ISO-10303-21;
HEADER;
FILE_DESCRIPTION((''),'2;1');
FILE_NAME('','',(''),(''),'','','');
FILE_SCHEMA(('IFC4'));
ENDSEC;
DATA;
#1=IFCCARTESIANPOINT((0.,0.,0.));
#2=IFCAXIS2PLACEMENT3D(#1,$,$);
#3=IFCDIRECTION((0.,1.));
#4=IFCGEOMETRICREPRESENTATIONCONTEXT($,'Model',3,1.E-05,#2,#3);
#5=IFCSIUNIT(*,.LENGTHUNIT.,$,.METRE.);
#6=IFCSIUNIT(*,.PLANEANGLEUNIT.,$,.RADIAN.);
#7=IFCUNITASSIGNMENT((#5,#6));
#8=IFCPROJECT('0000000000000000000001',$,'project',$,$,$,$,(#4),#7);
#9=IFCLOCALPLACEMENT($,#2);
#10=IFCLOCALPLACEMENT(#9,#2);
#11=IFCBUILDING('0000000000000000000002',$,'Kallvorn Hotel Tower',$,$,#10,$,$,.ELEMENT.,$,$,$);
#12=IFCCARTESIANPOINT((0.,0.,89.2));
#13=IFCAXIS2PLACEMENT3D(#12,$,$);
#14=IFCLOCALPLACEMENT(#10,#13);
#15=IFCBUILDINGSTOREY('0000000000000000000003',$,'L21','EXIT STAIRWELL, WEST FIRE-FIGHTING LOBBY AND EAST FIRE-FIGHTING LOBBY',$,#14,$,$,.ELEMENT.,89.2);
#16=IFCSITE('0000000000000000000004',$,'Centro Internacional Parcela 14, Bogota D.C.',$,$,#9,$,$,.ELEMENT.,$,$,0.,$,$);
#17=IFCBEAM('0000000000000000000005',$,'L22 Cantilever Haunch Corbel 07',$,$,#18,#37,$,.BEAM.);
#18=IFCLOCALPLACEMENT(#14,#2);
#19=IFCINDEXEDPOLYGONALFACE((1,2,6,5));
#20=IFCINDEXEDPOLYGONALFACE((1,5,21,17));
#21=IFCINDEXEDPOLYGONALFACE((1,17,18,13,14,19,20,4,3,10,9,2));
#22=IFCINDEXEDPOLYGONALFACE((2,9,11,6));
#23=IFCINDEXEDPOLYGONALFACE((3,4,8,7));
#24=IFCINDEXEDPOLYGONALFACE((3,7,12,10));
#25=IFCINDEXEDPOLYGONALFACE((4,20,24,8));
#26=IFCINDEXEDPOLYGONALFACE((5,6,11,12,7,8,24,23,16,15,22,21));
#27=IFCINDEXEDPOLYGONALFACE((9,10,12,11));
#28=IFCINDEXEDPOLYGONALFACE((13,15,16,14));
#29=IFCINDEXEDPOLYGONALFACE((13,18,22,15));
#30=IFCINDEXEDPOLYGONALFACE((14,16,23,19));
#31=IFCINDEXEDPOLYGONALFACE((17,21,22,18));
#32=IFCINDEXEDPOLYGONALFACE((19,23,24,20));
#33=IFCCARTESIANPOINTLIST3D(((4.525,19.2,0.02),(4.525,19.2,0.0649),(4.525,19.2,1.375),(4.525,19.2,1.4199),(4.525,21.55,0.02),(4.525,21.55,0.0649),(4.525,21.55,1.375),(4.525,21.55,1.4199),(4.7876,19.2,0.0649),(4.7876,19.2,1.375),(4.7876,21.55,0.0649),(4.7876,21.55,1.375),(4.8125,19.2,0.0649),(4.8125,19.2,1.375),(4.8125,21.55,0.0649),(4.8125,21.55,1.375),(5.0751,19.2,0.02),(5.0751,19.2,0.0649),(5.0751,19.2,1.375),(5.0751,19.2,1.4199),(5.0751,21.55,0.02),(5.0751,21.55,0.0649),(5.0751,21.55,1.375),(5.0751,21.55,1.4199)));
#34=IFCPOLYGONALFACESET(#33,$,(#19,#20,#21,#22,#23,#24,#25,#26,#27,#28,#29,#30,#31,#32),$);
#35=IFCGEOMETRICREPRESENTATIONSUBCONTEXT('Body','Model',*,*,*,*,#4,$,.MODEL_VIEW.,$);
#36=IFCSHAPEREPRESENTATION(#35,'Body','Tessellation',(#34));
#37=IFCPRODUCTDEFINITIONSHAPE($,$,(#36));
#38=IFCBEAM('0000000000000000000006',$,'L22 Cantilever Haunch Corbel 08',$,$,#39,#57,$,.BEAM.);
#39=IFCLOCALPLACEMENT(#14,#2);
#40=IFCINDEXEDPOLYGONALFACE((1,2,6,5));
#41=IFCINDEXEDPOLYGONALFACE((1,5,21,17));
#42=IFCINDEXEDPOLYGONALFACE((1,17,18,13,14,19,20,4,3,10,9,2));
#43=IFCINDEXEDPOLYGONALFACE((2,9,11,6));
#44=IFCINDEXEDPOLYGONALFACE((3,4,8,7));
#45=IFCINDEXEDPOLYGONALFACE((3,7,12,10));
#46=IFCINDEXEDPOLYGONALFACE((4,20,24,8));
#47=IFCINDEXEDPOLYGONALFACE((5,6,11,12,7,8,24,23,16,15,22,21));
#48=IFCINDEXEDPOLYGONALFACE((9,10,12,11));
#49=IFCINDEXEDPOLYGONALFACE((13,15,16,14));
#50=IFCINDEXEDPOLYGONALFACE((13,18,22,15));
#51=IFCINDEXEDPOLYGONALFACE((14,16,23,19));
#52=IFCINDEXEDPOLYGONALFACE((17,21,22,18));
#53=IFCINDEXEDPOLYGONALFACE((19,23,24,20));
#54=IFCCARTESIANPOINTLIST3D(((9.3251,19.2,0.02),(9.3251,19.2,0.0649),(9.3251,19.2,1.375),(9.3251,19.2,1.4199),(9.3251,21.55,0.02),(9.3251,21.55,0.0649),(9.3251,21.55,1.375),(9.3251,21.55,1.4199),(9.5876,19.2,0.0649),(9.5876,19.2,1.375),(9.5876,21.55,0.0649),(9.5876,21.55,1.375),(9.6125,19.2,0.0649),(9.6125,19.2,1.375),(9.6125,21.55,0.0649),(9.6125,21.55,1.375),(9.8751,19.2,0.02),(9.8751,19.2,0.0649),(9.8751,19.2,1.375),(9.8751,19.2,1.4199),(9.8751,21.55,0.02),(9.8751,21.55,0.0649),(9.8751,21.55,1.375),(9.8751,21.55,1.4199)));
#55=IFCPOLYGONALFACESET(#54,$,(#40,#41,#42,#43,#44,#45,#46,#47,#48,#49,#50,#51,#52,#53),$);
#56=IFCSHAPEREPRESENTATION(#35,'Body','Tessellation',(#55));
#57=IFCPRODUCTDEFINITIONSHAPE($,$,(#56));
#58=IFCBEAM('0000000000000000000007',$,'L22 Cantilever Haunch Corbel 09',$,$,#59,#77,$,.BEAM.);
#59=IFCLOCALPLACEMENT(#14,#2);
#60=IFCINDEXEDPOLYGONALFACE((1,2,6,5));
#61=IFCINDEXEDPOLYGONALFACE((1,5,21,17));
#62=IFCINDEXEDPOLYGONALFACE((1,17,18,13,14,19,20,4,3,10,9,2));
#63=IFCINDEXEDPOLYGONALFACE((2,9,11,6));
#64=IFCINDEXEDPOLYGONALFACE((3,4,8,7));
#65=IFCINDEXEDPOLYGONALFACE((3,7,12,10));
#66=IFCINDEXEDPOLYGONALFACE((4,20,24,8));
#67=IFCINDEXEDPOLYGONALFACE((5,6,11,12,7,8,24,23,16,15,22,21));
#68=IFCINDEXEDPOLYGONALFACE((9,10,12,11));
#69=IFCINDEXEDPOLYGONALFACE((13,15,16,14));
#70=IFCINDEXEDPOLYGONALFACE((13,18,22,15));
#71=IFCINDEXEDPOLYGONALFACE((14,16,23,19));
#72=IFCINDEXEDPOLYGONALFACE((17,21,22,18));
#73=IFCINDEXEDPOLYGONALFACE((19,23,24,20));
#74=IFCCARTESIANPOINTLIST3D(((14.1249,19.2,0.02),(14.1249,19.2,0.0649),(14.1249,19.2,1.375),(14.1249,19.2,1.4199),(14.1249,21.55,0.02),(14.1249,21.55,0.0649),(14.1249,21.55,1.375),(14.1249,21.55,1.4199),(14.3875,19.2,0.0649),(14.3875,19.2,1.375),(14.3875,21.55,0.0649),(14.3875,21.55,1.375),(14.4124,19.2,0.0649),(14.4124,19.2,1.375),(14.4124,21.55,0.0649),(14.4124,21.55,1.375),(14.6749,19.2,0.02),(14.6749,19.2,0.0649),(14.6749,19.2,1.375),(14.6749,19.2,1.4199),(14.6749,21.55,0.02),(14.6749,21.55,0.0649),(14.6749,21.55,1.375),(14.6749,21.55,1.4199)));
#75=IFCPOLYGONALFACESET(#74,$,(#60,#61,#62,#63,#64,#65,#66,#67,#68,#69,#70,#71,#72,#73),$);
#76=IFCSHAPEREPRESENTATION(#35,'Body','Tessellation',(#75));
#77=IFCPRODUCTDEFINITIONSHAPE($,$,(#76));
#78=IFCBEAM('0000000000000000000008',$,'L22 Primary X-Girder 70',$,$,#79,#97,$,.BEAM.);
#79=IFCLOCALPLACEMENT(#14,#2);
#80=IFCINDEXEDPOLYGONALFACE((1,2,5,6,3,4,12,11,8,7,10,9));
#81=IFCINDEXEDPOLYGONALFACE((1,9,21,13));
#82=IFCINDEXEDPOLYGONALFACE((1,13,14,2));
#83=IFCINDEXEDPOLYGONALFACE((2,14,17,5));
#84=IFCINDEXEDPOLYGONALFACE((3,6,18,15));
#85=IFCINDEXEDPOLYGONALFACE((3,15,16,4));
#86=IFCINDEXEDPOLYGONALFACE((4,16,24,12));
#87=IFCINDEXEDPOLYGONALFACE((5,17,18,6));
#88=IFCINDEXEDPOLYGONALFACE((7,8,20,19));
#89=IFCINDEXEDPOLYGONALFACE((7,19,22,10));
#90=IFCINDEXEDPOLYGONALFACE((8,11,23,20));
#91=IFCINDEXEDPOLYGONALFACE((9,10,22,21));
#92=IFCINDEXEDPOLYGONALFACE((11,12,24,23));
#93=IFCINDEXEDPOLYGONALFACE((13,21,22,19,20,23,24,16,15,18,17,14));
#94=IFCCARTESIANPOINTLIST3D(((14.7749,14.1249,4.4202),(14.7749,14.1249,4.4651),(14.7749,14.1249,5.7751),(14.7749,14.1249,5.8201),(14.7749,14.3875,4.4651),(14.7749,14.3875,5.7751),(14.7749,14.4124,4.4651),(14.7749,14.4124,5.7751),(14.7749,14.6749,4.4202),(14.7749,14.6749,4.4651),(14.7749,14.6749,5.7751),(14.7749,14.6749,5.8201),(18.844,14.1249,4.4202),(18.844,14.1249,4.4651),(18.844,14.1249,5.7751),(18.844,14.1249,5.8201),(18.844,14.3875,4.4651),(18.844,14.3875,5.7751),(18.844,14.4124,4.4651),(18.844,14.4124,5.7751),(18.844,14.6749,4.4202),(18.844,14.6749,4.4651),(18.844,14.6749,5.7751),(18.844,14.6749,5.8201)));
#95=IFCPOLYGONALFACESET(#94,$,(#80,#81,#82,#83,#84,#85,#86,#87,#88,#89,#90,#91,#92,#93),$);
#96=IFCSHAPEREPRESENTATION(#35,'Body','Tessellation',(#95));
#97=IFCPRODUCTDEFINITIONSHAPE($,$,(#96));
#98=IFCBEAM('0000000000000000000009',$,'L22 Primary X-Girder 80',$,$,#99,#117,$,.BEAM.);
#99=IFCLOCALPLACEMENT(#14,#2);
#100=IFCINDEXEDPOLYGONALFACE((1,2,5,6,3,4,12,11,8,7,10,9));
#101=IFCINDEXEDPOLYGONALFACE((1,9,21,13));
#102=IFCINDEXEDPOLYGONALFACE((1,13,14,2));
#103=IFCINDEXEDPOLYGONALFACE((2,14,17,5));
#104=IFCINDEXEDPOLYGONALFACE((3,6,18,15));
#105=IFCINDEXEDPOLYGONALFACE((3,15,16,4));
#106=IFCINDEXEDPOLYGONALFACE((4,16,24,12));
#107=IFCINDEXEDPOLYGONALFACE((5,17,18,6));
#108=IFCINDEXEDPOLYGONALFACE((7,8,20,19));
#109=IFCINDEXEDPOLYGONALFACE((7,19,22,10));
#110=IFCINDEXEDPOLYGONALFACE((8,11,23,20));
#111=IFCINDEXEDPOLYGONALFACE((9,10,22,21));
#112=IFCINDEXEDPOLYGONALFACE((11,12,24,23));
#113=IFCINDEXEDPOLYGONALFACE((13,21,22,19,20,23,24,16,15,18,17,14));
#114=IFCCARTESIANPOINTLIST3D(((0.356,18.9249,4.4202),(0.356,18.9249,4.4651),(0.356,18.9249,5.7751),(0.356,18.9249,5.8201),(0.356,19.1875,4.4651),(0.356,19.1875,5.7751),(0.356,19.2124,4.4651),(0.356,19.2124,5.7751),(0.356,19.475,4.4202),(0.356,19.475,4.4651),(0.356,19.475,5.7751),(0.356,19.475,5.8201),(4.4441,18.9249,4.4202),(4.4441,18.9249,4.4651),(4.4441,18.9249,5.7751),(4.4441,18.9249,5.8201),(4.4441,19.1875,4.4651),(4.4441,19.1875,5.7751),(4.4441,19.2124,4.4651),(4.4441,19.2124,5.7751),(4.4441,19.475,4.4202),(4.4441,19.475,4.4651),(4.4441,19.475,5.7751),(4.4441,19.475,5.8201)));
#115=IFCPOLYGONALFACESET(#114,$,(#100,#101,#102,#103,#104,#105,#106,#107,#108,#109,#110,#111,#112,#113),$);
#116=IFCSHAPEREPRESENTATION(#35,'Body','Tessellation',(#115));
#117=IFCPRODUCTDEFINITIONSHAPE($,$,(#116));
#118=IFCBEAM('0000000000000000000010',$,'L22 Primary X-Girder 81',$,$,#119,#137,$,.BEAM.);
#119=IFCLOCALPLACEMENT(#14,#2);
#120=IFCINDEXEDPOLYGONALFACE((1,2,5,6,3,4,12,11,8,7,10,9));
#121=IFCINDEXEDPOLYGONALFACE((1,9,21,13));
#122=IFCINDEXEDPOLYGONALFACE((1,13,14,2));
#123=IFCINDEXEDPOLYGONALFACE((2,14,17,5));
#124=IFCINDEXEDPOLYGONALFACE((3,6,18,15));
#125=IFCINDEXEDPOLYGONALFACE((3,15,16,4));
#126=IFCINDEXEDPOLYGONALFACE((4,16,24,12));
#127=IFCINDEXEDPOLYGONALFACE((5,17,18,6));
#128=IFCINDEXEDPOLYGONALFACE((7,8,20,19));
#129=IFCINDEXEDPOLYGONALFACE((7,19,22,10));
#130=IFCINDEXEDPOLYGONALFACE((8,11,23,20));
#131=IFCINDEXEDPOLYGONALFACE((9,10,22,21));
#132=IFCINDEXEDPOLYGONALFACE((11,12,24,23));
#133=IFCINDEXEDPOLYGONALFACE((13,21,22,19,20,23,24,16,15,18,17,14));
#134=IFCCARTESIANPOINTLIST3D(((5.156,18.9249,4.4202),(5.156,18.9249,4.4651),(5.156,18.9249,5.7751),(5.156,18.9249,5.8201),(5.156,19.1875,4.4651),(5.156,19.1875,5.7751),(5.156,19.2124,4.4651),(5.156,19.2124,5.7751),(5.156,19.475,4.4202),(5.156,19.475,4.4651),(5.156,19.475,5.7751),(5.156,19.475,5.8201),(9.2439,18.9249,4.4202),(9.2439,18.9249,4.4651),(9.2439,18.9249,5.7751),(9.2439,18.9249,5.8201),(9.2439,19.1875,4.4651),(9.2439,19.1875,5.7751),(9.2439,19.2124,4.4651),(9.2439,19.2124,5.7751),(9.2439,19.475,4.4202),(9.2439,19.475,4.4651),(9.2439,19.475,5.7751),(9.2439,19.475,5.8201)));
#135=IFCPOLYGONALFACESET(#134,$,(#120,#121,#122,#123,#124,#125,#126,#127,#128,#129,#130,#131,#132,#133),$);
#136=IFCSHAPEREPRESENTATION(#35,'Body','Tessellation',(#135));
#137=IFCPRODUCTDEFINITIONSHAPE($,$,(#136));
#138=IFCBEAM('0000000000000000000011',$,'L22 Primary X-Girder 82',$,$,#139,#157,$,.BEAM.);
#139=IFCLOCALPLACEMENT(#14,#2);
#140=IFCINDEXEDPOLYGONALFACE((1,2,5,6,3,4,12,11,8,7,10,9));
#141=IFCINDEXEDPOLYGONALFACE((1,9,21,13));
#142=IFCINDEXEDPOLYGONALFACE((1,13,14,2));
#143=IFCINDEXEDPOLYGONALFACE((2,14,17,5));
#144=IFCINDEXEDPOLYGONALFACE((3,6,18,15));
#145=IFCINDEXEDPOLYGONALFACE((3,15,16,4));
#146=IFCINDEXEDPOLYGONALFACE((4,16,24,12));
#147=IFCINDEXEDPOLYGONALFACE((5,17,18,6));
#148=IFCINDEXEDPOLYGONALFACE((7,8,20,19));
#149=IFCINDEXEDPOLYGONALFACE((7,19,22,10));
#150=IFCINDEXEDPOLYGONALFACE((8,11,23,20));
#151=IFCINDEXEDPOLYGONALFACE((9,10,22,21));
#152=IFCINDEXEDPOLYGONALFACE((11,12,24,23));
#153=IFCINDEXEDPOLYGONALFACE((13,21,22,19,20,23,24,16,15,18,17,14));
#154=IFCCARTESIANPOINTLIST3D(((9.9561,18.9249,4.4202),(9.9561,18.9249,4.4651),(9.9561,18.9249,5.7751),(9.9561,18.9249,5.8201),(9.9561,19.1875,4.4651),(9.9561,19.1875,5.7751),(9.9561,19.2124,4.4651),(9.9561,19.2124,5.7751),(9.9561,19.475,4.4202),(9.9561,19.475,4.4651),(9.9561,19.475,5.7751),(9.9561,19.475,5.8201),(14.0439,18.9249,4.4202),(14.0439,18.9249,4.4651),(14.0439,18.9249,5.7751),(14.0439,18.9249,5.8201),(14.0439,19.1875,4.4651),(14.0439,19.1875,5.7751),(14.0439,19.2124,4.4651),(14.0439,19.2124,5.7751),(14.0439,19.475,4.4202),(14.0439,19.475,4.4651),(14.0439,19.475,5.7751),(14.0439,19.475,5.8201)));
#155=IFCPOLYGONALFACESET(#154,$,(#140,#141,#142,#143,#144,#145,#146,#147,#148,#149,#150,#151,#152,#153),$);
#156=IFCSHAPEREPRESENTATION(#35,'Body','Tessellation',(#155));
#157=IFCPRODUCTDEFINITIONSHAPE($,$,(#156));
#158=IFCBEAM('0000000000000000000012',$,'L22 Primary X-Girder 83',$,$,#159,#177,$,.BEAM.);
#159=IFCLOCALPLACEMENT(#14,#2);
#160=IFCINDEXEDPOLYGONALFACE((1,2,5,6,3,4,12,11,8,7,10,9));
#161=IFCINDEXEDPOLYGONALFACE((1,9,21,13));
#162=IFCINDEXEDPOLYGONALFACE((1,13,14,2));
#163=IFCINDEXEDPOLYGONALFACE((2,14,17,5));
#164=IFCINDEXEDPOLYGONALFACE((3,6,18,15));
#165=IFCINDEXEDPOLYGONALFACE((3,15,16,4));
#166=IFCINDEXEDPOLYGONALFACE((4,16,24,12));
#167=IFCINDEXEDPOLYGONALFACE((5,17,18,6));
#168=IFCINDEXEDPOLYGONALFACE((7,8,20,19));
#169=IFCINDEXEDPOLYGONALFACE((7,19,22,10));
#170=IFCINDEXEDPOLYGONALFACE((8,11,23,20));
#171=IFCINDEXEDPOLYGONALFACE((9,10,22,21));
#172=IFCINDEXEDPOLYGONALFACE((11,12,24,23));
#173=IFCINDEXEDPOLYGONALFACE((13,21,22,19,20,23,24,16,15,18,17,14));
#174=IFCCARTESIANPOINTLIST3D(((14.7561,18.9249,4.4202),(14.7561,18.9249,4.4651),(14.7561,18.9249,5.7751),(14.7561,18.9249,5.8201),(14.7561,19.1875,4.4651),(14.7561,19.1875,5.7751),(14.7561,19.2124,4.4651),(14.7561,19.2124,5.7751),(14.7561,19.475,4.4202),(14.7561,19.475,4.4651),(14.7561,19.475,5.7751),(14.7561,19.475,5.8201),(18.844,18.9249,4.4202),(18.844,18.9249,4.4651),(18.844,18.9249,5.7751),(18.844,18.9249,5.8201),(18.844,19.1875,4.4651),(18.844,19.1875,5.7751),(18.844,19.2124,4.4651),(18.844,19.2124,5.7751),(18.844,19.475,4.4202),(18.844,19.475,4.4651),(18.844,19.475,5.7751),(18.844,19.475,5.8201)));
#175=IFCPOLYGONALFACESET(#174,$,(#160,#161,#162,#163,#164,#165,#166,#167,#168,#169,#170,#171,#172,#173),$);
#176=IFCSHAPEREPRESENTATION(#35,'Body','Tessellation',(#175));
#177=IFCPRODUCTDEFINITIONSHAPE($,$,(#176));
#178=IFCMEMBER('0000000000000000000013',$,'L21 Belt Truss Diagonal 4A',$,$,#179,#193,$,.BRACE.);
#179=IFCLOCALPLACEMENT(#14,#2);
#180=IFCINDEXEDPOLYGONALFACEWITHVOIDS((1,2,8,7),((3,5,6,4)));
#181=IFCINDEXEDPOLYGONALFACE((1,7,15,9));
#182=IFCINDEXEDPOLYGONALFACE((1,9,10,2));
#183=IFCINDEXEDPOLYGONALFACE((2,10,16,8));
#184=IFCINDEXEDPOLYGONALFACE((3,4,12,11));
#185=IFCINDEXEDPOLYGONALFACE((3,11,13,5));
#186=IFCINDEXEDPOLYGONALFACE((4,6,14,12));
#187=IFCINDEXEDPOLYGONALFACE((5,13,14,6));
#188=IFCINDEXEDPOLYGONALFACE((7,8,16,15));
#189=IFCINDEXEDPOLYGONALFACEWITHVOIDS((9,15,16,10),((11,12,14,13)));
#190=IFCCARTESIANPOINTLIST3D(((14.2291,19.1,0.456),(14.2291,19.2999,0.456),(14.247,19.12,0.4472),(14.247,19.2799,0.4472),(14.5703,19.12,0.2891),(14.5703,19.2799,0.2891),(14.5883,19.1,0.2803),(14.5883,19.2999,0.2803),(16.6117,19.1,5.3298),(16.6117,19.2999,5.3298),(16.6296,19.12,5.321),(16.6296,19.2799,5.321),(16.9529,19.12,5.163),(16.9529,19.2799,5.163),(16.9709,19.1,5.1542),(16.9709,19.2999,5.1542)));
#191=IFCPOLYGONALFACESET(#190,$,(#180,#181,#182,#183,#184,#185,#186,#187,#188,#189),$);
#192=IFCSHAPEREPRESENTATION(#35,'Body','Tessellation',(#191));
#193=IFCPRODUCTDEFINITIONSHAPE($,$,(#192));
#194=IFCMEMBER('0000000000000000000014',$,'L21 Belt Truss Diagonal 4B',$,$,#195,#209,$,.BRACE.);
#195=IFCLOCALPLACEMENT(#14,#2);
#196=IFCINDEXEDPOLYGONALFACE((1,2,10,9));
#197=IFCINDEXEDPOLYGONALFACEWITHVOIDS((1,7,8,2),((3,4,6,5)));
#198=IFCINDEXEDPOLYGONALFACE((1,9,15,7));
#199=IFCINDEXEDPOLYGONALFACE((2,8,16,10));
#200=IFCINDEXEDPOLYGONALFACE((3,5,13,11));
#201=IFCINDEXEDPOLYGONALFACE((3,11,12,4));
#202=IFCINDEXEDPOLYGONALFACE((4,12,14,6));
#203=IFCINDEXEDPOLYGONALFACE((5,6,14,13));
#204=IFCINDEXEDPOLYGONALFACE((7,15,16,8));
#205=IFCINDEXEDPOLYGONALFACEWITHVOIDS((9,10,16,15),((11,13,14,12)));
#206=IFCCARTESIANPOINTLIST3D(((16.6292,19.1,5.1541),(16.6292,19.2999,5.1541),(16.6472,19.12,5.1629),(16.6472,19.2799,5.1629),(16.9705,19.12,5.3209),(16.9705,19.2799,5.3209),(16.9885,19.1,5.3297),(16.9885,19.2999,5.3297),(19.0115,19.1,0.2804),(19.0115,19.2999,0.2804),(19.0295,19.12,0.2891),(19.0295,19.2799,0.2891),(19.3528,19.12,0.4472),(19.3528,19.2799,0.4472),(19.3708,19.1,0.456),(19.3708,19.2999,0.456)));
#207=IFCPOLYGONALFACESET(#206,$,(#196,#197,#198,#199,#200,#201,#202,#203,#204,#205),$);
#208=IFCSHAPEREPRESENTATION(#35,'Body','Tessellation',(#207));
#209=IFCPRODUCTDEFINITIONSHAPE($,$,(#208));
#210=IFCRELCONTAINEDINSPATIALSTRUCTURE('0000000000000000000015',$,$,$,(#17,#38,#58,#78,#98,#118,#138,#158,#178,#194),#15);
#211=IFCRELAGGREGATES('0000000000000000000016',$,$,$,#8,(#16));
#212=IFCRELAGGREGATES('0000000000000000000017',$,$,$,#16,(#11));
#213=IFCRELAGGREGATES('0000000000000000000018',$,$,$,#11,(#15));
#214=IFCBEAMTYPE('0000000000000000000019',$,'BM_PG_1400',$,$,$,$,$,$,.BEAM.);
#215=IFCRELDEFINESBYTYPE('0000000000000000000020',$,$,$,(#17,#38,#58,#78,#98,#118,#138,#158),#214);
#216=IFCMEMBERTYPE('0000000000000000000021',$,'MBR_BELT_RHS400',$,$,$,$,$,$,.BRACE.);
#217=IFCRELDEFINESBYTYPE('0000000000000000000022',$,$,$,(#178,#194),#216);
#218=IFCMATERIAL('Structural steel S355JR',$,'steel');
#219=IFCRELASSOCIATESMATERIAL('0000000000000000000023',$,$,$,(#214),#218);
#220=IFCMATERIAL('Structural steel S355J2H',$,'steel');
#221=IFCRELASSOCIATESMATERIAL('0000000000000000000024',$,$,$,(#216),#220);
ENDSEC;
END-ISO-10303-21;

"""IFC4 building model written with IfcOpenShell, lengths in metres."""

from ifc_helpers import new_model, si_unit, direction, frame, origin, origin_2d, place, context, subcontext, project, spatial, hollow_rectangle, i_section, extrude, material, material_profile, profile_set, type_object, element, save


model = new_model("IFC4")

# Units and contexts
model_context = context("Model", 3, precision=1e-05, world=origin(), true_north=direction((0.0, 1.0)))
body_context = subcontext(model_context, "Body", "Model", "MODEL_VIEW")
ifc_project = project(units=[si_unit("LENGTHUNIT", "METRE"), si_unit("PLANEANGLEUNIT", "RADIAN")], contexts=[model_context])

# Site, building, storey
site_placement = place(None, origin())
site = spatial("IfcSite", under=ifc_project, at=site_placement, Name="Centro Internacional Parcela 14, Bogota D.C.", CompositionType="ELEMENT", RefElevation=0.0)
building_placement = place(site_placement, origin())
building = spatial("IfcBuilding", under=site, at=building_placement, Name="Kallvorn Hotel Tower", CompositionType="ELEMENT")
storey_placement = place(building_placement, frame((0.0, 0.0, 89.2)))
storey = spatial("IfcBuildingStorey", under=building, at=storey_placement, Name="L21", Description="EXIT STAIRWELL, WEST FIRE-FIGHTING LOBBY AND EAST FIRE-FIGHTING LOBBY", CompositionType="ELEMENT", Elevation=89.2)

# Beams
ifc_material_1 = material(Name="Structural steel S355JR", Category="steel")
ifc_material_profile_1 = material_profile(ifc_material_1, i_section(OverallWidth=0.55, OverallDepth=1.3999, WebThickness=0.0249, FlangeThickness=0.0449, at=origin_2d()), Name="PG 1400x550x25x45")
ifc_profile_set_1 = profile_set([ifc_material_profile_1], Name="Structural steel S355JR")
beam_type_1 = type_object("IfcBeamType", Name="BM_PG_1400", PredefinedType="BEAM", material=ifc_profile_set_1)
for number, where, z_axis, x_axis, name in (
    (1, (4.8, 19.2, 0.72), (0.0, 1.0, 0.0), (-1.0, 0.0, 0.0), "L22 Cantilever Haunch Corbel 07"),
    (2, (9.6001, 19.2, 0.72), (0.0, 1.0, 0.0), (-1.0, 0.0, 0.0), "L22 Cantilever Haunch Corbel 08"),
    (3, (14.3999, 19.2, 0.72), (0.0, 1.0, 0.0), (-1.0, 0.0, 0.0), "L22 Cantilever Haunch Corbel 09"),
):
    element("IfcBeam", number, at=place(storey_placement, frame(where, z_axis=z_axis, x_axis=x_axis)), inside=storey, type_object=beam_type_1, Name=name, PredefinedType="BEAM", context=body_context, shape_type="SweptSolid", body=[
        extrude(i_section(OverallWidth=0.55, OverallDepth=1.3999, WebThickness=0.0249, FlangeThickness=0.0449, at=origin_2d()), origin(), (0.0, 0.0, 1.0), 2.3501),
    ])
beam_1_placement = place(storey_placement, frame((14.7749, 14.3999, 5.1201), z_axis=(1.0, 0.0, 0.0), x_axis=(0.0, 1.0, 0.0)))
element("IfcBeam", 4, at=beam_1_placement, inside=storey, type_object=beam_type_1, Name="L22 Primary X-Girder 70", PredefinedType="BEAM", context=body_context, shape_type="SweptSolid", body=[
    extrude(i_section(OverallWidth=0.55, OverallDepth=1.3999, WebThickness=0.0249, FlangeThickness=0.0449, at=origin_2d()), origin(), (0.0, 0.0, 1.0), 4.0691),
])
beam_2_placement = place(storey_placement, frame((0.356, 19.2, 5.1201), z_axis=(1.0, 0.0, 0.0), x_axis=(0.0, 1.0, 0.0)))
element("IfcBeam", 5, at=beam_2_placement, inside=storey, type_object=beam_type_1, Name="L22 Primary X-Girder 80", PredefinedType="BEAM", context=body_context, shape_type="SweptSolid", body=[
    extrude(i_section(OverallWidth=0.55, OverallDepth=1.3999, WebThickness=0.0249, FlangeThickness=0.0449, at=origin_2d()), origin(), (0.0, 0.0, 1.0), 4.0881),
])
for number, where, z_axis, x_axis, name in (
    (6, (5.156, 19.2, 5.1201), (1.0, 0.0, 0.0), (0.0, 1.0, 0.0), "L22 Primary X-Girder 81"),
    (7, (9.9561, 19.2, 5.1201), (1.0, 0.0, 0.0), (0.0, 1.0, 0.0), "L22 Primary X-Girder 82"),
    (8, (14.7561, 19.2, 5.1201), (1.0, 0.0, 0.0), (0.0, 1.0, 0.0), "L22 Primary X-Girder 83"),
):
    element("IfcBeam", number, at=place(storey_placement, frame(where, z_axis=z_axis, x_axis=x_axis)), inside=storey, type_object=beam_type_1, Name=name, PredefinedType="BEAM", context=body_context, shape_type="SweptSolid", body=[
        extrude(i_section(OverallWidth=0.55, OverallDepth=1.3999, WebThickness=0.0249, FlangeThickness=0.0449, at=origin_2d()), origin(), (0.0, 0.0, 1.0), 4.0879),
    ])

# Members
ifc_material_2 = material(Name="Structural steel S355J2H", Category="steel")
ifc_material_profile_2 = material_profile(ifc_material_2, hollow_rectangle(XDim=0.2, YDim=0.3999, WallThickness=0.02, at=origin_2d()), Name="RHS 400x200x20")
ifc_profile_set_2 = profile_set([ifc_material_profile_2], Name="Structural steel S355J2H")
member_type_1 = type_object("IfcMemberType", Name="MBR_BELT_RHS400", PredefinedType="BRACE", material=ifc_profile_set_2)
member_1_placement = place(storey_placement, frame((14.4087, 19.2, 0.3682), z_axis=(0.439185, 0.0, 0.898397), x_axis=(0.0, 1.0, 0.0)))
element("IfcMember", 9, at=member_1_placement, inside=storey, type_object=member_type_1, Name="L21 Belt Truss Diagonal 4A", PredefinedType="BRACE", context=body_context, shape_type="SweptSolid", body=[
    extrude(hollow_rectangle(XDim=0.2, YDim=0.3999, WallThickness=0.02, at=origin_2d()), origin(), (0.0, 0.0, 1.0), 5.425),
])
member_2_placement = place(storey_placement, frame((19.1912, 19.2, 0.3682), z_axis=(-0.439149, 0.0, 0.898414), x_axis=(0.0, -1.0, 0.0)))
element("IfcMember", 10, at=member_2_placement, inside=storey, type_object=member_type_1, Name="L21 Belt Truss Diagonal 4B", PredefinedType="BRACE", context=body_context, shape_type="SweptSolid", body=[
    extrude(hollow_rectangle(XDim=0.2, YDim=0.3999, WallThickness=0.02, at=origin_2d()), origin(), (0.0, 0.0, 1.0), 5.4248),
])

save(model, "model.ifc")
